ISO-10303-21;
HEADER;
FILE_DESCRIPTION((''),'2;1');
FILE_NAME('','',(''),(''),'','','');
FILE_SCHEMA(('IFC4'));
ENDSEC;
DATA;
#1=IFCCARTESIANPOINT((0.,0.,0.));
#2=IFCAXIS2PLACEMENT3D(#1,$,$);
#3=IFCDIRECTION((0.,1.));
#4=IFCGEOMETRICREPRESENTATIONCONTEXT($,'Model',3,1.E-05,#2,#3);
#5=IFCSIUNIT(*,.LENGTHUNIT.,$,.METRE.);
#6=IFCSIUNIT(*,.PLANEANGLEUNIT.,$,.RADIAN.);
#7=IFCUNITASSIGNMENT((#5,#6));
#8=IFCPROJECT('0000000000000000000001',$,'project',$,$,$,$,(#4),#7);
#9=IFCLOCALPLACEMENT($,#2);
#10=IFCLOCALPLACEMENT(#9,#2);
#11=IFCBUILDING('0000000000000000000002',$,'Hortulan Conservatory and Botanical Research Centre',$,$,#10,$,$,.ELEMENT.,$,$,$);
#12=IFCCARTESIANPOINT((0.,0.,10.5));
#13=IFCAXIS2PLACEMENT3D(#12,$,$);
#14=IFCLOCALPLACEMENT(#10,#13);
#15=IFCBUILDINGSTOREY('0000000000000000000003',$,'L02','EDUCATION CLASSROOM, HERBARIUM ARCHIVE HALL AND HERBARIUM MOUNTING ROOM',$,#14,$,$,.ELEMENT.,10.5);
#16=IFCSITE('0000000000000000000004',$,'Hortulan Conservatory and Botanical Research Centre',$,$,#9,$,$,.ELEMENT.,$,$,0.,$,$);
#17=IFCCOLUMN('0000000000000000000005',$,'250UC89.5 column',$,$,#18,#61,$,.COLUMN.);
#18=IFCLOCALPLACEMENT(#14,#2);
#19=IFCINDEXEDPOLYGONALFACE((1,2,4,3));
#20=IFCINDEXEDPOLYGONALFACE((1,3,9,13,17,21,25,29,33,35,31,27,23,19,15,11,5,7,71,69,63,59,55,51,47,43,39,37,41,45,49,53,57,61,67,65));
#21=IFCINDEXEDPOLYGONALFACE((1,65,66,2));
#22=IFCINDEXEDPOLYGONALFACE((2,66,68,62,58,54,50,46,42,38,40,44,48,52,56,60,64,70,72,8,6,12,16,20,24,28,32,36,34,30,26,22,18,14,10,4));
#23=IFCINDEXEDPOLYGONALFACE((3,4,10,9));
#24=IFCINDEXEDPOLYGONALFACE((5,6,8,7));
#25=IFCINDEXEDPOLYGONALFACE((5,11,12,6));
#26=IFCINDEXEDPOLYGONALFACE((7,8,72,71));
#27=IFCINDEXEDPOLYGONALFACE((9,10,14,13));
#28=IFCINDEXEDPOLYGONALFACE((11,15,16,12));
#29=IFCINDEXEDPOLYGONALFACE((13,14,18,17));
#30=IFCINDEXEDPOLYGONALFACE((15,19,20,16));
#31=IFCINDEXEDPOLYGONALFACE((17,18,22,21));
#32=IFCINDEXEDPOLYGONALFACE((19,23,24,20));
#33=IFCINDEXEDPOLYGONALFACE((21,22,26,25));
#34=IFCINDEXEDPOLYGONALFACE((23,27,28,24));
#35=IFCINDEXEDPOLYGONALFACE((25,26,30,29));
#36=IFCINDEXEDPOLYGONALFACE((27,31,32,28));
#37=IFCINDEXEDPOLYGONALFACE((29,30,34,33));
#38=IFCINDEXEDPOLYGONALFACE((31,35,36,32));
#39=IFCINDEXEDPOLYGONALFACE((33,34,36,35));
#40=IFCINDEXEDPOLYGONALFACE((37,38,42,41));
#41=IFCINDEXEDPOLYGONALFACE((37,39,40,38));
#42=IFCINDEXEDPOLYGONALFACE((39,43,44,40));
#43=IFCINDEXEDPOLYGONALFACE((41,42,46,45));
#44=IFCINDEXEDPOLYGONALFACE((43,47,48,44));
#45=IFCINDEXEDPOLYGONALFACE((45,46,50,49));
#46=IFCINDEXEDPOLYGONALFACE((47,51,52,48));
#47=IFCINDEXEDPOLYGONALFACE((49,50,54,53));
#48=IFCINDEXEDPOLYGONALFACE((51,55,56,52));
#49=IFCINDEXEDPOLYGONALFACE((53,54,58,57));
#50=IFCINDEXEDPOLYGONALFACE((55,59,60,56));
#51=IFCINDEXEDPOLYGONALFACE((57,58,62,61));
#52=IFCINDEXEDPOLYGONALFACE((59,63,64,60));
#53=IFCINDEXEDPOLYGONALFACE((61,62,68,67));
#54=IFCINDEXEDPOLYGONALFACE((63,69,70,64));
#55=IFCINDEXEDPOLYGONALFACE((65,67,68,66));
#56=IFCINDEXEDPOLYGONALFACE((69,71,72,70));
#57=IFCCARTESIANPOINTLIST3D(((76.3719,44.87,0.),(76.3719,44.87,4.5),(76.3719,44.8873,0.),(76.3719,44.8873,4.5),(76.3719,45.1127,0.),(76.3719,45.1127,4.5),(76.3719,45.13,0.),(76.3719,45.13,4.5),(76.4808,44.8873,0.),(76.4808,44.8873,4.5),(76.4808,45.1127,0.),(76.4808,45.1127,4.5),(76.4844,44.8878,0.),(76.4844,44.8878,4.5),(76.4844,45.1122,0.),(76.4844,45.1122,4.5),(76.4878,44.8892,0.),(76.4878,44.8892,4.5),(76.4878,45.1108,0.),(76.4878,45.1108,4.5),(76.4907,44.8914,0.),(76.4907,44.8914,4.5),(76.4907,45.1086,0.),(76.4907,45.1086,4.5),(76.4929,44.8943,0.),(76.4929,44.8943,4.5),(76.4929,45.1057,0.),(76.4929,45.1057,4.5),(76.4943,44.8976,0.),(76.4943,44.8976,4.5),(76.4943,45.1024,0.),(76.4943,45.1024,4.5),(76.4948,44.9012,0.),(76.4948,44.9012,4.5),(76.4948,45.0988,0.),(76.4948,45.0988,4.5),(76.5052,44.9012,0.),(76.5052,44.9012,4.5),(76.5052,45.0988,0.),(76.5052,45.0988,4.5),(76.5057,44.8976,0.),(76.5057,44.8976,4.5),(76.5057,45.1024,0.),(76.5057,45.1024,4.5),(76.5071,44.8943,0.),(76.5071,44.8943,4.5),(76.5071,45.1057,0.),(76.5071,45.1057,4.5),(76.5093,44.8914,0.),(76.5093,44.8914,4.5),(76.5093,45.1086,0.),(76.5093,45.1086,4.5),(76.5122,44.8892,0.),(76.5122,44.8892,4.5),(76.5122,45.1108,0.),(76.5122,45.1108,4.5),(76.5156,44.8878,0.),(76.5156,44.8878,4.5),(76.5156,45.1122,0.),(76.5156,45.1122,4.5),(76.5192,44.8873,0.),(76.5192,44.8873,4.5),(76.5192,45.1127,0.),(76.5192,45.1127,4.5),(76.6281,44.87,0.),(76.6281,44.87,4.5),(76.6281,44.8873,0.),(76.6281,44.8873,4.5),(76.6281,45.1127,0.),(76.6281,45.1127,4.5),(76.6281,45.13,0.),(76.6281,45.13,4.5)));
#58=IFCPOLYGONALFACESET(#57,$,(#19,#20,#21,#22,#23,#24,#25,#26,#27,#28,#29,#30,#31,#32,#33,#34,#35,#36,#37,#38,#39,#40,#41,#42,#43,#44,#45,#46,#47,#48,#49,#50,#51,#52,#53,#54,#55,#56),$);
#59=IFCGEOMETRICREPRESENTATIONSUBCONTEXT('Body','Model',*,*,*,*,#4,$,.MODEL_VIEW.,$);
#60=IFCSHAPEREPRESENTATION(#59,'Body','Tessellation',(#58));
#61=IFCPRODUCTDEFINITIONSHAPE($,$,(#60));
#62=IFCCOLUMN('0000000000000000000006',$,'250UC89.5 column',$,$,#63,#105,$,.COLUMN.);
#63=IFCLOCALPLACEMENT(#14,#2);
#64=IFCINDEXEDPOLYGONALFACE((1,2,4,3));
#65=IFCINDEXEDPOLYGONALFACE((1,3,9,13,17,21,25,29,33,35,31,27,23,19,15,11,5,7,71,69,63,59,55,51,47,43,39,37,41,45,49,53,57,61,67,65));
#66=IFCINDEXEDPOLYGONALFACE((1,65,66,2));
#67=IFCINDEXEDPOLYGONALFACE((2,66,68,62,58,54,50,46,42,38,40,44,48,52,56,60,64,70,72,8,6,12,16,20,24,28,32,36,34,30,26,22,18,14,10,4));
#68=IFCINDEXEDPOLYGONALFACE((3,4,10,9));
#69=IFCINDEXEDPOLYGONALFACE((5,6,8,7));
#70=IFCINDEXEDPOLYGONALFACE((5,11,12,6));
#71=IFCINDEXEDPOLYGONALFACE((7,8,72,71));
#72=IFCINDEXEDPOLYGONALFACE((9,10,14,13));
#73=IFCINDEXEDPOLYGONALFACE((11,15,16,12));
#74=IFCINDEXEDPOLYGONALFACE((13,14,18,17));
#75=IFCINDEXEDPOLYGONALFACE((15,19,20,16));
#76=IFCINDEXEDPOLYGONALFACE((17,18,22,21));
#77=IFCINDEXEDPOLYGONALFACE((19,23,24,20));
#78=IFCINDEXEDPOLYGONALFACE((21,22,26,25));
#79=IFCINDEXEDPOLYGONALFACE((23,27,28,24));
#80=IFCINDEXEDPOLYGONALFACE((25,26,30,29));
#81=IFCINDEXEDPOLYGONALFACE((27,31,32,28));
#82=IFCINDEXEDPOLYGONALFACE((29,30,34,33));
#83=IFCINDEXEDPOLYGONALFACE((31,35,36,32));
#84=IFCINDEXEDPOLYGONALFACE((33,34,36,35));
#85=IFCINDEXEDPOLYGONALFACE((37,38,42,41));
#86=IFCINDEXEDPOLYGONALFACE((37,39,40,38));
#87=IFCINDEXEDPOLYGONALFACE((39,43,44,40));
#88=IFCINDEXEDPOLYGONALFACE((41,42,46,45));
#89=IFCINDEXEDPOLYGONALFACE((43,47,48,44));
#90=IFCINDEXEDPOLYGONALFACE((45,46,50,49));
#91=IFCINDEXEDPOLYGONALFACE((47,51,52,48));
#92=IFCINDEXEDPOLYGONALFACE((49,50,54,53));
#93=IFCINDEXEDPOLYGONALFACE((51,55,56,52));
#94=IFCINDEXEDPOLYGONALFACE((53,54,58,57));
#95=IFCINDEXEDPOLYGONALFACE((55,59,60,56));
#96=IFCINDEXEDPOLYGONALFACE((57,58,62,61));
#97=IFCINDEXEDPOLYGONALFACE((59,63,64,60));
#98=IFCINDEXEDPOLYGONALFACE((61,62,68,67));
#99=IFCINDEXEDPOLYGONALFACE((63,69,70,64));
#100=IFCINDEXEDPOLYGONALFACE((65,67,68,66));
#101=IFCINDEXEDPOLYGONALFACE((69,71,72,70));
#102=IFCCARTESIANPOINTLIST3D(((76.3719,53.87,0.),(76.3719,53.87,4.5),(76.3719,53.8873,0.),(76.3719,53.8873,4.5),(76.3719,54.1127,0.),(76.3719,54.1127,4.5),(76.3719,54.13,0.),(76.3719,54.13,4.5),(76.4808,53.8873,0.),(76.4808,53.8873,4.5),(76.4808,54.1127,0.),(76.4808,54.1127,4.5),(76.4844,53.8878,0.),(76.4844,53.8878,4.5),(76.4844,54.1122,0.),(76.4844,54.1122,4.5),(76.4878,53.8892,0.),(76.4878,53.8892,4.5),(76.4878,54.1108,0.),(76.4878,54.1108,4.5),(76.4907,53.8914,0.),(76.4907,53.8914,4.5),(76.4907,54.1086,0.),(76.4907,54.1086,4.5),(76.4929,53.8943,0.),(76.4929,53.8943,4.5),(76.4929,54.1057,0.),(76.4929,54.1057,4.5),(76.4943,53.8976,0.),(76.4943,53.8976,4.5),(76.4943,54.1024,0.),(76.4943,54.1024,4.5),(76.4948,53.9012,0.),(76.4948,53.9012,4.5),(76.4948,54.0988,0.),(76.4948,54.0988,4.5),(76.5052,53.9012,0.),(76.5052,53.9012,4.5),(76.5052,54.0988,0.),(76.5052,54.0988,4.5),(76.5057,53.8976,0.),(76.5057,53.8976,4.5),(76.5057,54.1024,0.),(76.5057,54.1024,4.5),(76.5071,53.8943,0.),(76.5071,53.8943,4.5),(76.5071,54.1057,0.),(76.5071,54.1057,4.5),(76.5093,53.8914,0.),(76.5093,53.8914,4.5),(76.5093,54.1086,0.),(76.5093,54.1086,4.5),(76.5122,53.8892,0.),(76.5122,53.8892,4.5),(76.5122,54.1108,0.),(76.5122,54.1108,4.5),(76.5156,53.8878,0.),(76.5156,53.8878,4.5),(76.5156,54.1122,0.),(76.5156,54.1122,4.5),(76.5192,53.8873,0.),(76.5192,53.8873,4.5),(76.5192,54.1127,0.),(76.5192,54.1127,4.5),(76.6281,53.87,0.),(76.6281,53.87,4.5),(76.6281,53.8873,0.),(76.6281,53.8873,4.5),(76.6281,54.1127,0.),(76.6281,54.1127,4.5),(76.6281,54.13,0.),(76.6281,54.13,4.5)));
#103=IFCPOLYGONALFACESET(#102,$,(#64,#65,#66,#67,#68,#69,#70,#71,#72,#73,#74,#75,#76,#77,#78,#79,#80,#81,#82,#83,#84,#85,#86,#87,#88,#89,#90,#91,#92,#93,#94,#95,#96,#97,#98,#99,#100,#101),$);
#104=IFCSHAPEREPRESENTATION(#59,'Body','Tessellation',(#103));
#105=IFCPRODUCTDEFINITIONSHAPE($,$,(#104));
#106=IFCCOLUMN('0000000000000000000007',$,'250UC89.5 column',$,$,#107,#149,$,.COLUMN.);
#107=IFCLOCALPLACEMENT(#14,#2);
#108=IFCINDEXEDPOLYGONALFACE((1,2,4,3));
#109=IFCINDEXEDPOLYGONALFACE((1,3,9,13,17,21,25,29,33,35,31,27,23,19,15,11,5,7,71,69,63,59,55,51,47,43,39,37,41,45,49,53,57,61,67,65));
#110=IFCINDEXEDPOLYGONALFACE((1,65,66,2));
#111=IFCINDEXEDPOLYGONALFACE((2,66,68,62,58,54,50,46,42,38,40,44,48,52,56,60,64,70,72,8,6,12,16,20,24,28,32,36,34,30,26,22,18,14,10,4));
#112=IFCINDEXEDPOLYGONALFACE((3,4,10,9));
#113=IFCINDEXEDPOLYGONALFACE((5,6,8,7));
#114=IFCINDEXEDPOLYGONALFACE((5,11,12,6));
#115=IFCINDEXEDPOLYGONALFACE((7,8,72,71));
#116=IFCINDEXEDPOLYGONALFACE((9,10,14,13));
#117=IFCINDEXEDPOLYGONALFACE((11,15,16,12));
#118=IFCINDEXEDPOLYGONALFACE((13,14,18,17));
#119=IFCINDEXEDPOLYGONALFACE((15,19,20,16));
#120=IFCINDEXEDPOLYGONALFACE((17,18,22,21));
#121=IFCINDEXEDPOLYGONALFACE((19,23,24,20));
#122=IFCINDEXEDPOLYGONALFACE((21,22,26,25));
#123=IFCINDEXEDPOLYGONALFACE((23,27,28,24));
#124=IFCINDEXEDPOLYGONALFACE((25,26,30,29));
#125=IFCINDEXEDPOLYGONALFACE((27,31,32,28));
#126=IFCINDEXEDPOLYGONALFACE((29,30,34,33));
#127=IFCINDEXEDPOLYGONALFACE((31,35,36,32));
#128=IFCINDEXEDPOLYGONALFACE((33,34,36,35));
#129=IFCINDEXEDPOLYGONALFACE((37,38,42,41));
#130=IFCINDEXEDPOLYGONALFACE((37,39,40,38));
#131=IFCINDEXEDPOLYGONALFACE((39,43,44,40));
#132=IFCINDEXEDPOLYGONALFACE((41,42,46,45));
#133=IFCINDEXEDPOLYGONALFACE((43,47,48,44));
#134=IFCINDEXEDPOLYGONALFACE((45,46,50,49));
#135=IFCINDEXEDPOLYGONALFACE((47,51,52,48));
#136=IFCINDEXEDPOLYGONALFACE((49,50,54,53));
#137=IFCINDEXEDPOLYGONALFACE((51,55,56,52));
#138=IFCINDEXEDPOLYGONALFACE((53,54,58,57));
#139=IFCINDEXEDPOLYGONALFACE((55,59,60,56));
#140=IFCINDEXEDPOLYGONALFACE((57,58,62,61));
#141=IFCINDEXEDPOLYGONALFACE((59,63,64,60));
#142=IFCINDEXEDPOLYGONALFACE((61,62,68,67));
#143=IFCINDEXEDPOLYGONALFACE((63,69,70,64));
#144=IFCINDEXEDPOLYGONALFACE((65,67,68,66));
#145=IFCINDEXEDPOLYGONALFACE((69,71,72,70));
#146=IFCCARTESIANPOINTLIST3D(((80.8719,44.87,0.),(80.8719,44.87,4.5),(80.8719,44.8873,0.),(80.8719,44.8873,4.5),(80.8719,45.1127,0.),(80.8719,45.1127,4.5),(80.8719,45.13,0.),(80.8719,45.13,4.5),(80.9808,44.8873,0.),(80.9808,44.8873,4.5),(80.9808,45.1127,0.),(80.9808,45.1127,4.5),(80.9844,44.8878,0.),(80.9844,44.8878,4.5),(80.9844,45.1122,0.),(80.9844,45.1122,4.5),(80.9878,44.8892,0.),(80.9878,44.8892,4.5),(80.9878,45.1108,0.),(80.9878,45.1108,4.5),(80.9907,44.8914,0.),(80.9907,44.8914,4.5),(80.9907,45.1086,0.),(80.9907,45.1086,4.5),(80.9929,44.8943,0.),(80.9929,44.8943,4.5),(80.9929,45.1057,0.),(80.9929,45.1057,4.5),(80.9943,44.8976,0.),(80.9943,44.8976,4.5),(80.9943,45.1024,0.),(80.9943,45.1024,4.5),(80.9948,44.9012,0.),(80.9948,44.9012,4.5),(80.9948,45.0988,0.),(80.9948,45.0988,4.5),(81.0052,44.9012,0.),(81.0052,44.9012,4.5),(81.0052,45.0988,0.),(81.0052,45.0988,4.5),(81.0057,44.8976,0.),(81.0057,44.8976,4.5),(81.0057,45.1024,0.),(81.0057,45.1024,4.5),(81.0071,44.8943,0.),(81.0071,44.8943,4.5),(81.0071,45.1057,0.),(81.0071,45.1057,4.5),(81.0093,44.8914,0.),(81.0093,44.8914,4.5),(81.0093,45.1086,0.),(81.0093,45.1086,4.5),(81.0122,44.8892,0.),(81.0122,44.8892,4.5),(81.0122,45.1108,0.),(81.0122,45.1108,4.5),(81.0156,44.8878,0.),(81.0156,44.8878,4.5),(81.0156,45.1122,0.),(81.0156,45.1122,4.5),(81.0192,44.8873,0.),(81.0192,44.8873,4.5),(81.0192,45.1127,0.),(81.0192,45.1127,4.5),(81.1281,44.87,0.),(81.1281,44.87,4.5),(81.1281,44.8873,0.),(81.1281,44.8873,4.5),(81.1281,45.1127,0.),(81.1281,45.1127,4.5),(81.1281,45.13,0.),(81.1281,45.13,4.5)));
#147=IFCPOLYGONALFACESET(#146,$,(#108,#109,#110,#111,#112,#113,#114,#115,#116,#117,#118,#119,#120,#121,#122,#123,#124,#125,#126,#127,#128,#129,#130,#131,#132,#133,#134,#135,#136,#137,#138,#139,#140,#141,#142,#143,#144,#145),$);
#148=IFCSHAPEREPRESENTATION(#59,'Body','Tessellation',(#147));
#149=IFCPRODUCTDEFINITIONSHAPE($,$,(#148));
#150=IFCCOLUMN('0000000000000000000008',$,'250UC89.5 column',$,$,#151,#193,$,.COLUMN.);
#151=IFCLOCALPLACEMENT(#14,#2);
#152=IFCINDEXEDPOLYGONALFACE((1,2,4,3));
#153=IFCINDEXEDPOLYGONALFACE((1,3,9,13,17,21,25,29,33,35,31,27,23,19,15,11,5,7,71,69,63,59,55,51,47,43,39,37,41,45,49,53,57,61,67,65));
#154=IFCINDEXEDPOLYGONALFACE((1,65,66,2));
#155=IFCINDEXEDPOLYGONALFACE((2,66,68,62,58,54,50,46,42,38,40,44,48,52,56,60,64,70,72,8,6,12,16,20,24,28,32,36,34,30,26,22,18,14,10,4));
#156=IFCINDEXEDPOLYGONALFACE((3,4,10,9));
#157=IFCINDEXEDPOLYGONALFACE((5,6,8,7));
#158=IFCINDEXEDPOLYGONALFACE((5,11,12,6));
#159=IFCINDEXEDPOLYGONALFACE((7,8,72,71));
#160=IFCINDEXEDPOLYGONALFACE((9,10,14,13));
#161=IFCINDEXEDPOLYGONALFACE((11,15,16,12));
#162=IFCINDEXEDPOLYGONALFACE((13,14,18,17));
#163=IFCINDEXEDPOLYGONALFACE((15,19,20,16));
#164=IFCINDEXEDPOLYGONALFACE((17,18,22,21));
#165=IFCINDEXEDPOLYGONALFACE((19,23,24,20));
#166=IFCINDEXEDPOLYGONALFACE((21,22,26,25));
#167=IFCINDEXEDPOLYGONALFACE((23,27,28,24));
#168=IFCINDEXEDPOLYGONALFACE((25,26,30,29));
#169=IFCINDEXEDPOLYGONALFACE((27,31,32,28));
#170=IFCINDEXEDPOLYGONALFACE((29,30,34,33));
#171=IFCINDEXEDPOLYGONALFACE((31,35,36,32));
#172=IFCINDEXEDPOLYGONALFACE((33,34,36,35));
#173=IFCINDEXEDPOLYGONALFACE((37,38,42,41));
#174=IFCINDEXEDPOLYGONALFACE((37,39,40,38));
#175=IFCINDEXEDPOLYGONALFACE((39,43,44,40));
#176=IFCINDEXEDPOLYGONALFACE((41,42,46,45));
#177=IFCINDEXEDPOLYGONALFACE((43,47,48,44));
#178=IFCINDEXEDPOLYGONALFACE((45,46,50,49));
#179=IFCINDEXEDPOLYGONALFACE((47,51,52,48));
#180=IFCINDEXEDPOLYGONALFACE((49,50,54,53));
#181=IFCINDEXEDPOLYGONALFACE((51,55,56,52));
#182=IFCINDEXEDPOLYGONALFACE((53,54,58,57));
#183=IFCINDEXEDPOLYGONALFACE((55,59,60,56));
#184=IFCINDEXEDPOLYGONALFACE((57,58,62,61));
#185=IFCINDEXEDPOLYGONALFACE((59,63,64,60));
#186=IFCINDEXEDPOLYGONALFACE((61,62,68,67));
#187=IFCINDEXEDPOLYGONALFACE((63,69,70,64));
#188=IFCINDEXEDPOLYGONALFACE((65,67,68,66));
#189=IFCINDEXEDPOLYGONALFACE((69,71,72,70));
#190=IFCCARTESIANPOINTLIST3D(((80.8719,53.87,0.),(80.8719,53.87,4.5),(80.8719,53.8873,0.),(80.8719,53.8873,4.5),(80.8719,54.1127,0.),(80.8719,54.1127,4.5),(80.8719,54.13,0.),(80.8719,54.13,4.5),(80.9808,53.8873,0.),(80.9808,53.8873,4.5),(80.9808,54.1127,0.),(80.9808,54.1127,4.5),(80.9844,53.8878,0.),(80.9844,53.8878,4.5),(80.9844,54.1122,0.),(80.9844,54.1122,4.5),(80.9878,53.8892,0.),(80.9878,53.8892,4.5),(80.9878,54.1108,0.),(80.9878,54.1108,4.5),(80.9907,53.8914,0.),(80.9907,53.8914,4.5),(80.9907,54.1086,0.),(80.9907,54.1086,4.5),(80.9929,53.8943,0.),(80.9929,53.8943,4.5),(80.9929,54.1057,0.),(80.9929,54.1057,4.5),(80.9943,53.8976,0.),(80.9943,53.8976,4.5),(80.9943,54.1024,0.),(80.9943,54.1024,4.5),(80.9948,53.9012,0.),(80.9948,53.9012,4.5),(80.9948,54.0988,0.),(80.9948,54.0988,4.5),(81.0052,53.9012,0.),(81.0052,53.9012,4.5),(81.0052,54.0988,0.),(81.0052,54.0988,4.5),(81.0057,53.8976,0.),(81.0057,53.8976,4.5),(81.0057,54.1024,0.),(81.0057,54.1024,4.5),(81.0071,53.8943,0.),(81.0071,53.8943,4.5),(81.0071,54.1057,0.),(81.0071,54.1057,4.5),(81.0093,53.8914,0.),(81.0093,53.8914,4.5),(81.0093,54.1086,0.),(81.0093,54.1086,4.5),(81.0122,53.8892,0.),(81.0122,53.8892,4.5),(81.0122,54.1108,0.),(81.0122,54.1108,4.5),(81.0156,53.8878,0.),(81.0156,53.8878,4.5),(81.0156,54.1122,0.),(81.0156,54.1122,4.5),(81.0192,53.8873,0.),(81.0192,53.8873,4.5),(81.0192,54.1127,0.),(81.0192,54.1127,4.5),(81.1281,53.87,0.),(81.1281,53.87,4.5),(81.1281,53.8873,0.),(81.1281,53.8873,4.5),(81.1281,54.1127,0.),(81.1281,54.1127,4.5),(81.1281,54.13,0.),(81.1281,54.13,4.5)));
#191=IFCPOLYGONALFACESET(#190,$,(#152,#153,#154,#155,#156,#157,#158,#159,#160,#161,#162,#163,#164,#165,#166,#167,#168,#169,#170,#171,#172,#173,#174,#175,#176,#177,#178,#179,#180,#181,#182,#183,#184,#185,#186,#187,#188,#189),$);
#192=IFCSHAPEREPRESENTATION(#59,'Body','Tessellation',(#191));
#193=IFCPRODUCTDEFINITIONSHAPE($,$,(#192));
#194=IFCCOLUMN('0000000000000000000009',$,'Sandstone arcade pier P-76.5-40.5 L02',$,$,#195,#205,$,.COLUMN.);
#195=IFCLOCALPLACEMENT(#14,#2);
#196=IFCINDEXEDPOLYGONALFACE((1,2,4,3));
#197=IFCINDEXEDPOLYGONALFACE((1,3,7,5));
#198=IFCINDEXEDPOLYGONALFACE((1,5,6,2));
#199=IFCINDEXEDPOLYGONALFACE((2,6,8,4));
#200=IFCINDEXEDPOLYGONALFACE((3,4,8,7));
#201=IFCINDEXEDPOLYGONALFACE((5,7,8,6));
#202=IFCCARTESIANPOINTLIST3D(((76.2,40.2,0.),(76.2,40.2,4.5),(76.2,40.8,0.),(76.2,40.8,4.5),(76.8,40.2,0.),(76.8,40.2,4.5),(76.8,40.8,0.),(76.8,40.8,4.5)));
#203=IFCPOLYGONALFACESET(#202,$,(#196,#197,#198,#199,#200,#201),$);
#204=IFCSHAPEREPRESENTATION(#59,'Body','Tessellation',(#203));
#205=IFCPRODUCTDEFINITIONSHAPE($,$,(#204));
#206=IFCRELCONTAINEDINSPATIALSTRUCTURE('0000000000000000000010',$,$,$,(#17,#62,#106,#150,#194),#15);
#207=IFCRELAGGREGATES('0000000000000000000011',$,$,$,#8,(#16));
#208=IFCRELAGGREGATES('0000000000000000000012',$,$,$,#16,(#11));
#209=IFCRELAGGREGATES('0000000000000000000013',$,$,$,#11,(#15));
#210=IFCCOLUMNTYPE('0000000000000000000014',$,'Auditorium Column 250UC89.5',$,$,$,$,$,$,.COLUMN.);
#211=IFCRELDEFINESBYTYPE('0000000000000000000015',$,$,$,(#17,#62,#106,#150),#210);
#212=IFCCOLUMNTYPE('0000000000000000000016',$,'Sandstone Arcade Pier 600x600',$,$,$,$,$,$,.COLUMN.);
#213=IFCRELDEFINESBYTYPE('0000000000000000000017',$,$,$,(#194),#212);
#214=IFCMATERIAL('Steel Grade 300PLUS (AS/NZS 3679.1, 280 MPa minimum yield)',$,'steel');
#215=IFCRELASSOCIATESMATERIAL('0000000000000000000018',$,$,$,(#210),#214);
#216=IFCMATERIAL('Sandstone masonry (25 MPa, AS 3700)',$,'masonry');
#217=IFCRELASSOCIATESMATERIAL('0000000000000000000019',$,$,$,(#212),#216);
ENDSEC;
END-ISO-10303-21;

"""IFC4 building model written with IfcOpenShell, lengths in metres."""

from ifc_helpers import new_model, si_unit, direction, frame, origin, origin_2d, place, context, subcontext, project, spatial, rectangle, i_section, extrude, material, material_profile, profile_set, type_object, element, save


model = new_model("IFC4")

# Units and contexts
model_context = context("Model", 3, precision=1e-05, world=origin(), true_north=direction((0.0, 1.0)))
body_context = subcontext(model_context, "Body", "Model", "MODEL_VIEW")
ifc_project = project(units=[si_unit("LENGTHUNIT", "METRE"), si_unit("PLANEANGLEUNIT", "RADIAN")], contexts=[model_context])

# Site, building, storey
site_placement = place(None, origin())
site = spatial("IfcSite", under=ifc_project, at=site_placement, Name="Hortulan Conservatory and Botanical Research Centre", CompositionType="ELEMENT", RefElevation=0.0)
building_placement = place(site_placement, origin())
building = spatial("IfcBuilding", under=site, at=building_placement, Name="Hortulan Conservatory and Botanical Research Centre", CompositionType="ELEMENT")
storey_placement = place(building_placement, frame((0.0, 0.0, 10.5)))
storey = spatial("IfcBuildingStorey", under=building, at=storey_placement, Name="L02", Description="EDUCATION CLASSROOM, HERBARIUM ARCHIVE HALL AND HERBARIUM MOUNTING ROOM", CompositionType="ELEMENT", Elevation=10.5)

# Columns
ifc_material_1 = material(Name="Steel Grade 300PLUS (AS/NZS 3679.1, 280 MPa minimum yield)", Category="steel")
ifc_material_profile_1 = material_profile(ifc_material_1, i_section(OverallWidth=0.2561, OverallDepth=0.26, WebThickness=0.0105, FlangeThickness=0.0173, FilletRadius=0.0139, at=origin_2d()), Name="250UC89.5")
ifc_profile_set_1 = profile_set([ifc_material_profile_1], Name="Steel Grade 300PLUS (AS/NZS 3679.1, 280 MPa minimum yield)")
column_type_1 = type_object("IfcColumnType", Name="Auditorium Column 250UC89.5", PredefinedType="COLUMN", material=ifc_profile_set_1)
for number, where, z_axis, x_axis, name in (
    (1, (76.5, 45.0, 0.0), (0.0, 0.0, 1.0), (1.0, 0.0, 0.0), "250UC89.5 column"),
    (2, (76.5, 54.0, 0.0), (0.0, 0.0, 1.0), (1.0, 0.0, 0.0), "250UC89.5 column"),
    (3, (81.0, 45.0, 0.0), (0.0, 0.0, 1.0), (1.0, 0.0, 0.0), "250UC89.5 column"),
    (4, (81.0, 54.0, 0.0), (0.0, 0.0, 1.0), (1.0, 0.0, 0.0), "250UC89.5 column"),
):
    element("IfcColumn", number, at=place(storey_placement, frame(where, z_axis=z_axis, x_axis=x_axis)), inside=storey, type_object=column_type_1, Name=name, PredefinedType="COLUMN", context=body_context, shape_type="SweptSolid", body=[
        extrude(i_section(OverallWidth=0.2561, OverallDepth=0.26, WebThickness=0.0105, FlangeThickness=0.0173, FilletRadius=0.0139, at=origin_2d()), origin(), (0.0, 0.0, 1.0), 4.5),
    ])
ifc_material_2 = material(Name="Sandstone masonry (25 MPa, AS 3700)", Category="masonry")
ifc_material_profile_2 = material_profile(ifc_material_2, rectangle(XDim=0.6001, YDim=0.6001, at=origin_2d()), Name="Square pier 600")
ifc_profile_set_2 = profile_set([ifc_material_profile_2], Name="Sandstone masonry (25 MPa, AS 3700)")
column_type_2 = type_object("IfcColumnType", Name="Sandstone Arcade Pier 600x600", PredefinedType="COLUMN", material=ifc_profile_set_2)
for number, where, z_axis, x_axis, name in (
    (5, (76.5, 40.5, 0.0), (0.0, 0.0, 1.0), (1.0, 0.0, 0.0), "Sandstone arcade pier P-76.5-40.5 L02"),
):
    element("IfcColumn", number, at=place(storey_placement, frame(where, z_axis=z_axis, x_axis=x_axis)), inside=storey, type_object=column_type_2, Name=name, PredefinedType="COLUMN", context=body_context, shape_type="SweptSolid", body=[
        extrude(rectangle(XDim=0.6001, YDim=0.6001, at=origin_2d()), origin(), (0.0, 0.0, 1.0), 4.5),
    ])

save(model, "model.ifc")
